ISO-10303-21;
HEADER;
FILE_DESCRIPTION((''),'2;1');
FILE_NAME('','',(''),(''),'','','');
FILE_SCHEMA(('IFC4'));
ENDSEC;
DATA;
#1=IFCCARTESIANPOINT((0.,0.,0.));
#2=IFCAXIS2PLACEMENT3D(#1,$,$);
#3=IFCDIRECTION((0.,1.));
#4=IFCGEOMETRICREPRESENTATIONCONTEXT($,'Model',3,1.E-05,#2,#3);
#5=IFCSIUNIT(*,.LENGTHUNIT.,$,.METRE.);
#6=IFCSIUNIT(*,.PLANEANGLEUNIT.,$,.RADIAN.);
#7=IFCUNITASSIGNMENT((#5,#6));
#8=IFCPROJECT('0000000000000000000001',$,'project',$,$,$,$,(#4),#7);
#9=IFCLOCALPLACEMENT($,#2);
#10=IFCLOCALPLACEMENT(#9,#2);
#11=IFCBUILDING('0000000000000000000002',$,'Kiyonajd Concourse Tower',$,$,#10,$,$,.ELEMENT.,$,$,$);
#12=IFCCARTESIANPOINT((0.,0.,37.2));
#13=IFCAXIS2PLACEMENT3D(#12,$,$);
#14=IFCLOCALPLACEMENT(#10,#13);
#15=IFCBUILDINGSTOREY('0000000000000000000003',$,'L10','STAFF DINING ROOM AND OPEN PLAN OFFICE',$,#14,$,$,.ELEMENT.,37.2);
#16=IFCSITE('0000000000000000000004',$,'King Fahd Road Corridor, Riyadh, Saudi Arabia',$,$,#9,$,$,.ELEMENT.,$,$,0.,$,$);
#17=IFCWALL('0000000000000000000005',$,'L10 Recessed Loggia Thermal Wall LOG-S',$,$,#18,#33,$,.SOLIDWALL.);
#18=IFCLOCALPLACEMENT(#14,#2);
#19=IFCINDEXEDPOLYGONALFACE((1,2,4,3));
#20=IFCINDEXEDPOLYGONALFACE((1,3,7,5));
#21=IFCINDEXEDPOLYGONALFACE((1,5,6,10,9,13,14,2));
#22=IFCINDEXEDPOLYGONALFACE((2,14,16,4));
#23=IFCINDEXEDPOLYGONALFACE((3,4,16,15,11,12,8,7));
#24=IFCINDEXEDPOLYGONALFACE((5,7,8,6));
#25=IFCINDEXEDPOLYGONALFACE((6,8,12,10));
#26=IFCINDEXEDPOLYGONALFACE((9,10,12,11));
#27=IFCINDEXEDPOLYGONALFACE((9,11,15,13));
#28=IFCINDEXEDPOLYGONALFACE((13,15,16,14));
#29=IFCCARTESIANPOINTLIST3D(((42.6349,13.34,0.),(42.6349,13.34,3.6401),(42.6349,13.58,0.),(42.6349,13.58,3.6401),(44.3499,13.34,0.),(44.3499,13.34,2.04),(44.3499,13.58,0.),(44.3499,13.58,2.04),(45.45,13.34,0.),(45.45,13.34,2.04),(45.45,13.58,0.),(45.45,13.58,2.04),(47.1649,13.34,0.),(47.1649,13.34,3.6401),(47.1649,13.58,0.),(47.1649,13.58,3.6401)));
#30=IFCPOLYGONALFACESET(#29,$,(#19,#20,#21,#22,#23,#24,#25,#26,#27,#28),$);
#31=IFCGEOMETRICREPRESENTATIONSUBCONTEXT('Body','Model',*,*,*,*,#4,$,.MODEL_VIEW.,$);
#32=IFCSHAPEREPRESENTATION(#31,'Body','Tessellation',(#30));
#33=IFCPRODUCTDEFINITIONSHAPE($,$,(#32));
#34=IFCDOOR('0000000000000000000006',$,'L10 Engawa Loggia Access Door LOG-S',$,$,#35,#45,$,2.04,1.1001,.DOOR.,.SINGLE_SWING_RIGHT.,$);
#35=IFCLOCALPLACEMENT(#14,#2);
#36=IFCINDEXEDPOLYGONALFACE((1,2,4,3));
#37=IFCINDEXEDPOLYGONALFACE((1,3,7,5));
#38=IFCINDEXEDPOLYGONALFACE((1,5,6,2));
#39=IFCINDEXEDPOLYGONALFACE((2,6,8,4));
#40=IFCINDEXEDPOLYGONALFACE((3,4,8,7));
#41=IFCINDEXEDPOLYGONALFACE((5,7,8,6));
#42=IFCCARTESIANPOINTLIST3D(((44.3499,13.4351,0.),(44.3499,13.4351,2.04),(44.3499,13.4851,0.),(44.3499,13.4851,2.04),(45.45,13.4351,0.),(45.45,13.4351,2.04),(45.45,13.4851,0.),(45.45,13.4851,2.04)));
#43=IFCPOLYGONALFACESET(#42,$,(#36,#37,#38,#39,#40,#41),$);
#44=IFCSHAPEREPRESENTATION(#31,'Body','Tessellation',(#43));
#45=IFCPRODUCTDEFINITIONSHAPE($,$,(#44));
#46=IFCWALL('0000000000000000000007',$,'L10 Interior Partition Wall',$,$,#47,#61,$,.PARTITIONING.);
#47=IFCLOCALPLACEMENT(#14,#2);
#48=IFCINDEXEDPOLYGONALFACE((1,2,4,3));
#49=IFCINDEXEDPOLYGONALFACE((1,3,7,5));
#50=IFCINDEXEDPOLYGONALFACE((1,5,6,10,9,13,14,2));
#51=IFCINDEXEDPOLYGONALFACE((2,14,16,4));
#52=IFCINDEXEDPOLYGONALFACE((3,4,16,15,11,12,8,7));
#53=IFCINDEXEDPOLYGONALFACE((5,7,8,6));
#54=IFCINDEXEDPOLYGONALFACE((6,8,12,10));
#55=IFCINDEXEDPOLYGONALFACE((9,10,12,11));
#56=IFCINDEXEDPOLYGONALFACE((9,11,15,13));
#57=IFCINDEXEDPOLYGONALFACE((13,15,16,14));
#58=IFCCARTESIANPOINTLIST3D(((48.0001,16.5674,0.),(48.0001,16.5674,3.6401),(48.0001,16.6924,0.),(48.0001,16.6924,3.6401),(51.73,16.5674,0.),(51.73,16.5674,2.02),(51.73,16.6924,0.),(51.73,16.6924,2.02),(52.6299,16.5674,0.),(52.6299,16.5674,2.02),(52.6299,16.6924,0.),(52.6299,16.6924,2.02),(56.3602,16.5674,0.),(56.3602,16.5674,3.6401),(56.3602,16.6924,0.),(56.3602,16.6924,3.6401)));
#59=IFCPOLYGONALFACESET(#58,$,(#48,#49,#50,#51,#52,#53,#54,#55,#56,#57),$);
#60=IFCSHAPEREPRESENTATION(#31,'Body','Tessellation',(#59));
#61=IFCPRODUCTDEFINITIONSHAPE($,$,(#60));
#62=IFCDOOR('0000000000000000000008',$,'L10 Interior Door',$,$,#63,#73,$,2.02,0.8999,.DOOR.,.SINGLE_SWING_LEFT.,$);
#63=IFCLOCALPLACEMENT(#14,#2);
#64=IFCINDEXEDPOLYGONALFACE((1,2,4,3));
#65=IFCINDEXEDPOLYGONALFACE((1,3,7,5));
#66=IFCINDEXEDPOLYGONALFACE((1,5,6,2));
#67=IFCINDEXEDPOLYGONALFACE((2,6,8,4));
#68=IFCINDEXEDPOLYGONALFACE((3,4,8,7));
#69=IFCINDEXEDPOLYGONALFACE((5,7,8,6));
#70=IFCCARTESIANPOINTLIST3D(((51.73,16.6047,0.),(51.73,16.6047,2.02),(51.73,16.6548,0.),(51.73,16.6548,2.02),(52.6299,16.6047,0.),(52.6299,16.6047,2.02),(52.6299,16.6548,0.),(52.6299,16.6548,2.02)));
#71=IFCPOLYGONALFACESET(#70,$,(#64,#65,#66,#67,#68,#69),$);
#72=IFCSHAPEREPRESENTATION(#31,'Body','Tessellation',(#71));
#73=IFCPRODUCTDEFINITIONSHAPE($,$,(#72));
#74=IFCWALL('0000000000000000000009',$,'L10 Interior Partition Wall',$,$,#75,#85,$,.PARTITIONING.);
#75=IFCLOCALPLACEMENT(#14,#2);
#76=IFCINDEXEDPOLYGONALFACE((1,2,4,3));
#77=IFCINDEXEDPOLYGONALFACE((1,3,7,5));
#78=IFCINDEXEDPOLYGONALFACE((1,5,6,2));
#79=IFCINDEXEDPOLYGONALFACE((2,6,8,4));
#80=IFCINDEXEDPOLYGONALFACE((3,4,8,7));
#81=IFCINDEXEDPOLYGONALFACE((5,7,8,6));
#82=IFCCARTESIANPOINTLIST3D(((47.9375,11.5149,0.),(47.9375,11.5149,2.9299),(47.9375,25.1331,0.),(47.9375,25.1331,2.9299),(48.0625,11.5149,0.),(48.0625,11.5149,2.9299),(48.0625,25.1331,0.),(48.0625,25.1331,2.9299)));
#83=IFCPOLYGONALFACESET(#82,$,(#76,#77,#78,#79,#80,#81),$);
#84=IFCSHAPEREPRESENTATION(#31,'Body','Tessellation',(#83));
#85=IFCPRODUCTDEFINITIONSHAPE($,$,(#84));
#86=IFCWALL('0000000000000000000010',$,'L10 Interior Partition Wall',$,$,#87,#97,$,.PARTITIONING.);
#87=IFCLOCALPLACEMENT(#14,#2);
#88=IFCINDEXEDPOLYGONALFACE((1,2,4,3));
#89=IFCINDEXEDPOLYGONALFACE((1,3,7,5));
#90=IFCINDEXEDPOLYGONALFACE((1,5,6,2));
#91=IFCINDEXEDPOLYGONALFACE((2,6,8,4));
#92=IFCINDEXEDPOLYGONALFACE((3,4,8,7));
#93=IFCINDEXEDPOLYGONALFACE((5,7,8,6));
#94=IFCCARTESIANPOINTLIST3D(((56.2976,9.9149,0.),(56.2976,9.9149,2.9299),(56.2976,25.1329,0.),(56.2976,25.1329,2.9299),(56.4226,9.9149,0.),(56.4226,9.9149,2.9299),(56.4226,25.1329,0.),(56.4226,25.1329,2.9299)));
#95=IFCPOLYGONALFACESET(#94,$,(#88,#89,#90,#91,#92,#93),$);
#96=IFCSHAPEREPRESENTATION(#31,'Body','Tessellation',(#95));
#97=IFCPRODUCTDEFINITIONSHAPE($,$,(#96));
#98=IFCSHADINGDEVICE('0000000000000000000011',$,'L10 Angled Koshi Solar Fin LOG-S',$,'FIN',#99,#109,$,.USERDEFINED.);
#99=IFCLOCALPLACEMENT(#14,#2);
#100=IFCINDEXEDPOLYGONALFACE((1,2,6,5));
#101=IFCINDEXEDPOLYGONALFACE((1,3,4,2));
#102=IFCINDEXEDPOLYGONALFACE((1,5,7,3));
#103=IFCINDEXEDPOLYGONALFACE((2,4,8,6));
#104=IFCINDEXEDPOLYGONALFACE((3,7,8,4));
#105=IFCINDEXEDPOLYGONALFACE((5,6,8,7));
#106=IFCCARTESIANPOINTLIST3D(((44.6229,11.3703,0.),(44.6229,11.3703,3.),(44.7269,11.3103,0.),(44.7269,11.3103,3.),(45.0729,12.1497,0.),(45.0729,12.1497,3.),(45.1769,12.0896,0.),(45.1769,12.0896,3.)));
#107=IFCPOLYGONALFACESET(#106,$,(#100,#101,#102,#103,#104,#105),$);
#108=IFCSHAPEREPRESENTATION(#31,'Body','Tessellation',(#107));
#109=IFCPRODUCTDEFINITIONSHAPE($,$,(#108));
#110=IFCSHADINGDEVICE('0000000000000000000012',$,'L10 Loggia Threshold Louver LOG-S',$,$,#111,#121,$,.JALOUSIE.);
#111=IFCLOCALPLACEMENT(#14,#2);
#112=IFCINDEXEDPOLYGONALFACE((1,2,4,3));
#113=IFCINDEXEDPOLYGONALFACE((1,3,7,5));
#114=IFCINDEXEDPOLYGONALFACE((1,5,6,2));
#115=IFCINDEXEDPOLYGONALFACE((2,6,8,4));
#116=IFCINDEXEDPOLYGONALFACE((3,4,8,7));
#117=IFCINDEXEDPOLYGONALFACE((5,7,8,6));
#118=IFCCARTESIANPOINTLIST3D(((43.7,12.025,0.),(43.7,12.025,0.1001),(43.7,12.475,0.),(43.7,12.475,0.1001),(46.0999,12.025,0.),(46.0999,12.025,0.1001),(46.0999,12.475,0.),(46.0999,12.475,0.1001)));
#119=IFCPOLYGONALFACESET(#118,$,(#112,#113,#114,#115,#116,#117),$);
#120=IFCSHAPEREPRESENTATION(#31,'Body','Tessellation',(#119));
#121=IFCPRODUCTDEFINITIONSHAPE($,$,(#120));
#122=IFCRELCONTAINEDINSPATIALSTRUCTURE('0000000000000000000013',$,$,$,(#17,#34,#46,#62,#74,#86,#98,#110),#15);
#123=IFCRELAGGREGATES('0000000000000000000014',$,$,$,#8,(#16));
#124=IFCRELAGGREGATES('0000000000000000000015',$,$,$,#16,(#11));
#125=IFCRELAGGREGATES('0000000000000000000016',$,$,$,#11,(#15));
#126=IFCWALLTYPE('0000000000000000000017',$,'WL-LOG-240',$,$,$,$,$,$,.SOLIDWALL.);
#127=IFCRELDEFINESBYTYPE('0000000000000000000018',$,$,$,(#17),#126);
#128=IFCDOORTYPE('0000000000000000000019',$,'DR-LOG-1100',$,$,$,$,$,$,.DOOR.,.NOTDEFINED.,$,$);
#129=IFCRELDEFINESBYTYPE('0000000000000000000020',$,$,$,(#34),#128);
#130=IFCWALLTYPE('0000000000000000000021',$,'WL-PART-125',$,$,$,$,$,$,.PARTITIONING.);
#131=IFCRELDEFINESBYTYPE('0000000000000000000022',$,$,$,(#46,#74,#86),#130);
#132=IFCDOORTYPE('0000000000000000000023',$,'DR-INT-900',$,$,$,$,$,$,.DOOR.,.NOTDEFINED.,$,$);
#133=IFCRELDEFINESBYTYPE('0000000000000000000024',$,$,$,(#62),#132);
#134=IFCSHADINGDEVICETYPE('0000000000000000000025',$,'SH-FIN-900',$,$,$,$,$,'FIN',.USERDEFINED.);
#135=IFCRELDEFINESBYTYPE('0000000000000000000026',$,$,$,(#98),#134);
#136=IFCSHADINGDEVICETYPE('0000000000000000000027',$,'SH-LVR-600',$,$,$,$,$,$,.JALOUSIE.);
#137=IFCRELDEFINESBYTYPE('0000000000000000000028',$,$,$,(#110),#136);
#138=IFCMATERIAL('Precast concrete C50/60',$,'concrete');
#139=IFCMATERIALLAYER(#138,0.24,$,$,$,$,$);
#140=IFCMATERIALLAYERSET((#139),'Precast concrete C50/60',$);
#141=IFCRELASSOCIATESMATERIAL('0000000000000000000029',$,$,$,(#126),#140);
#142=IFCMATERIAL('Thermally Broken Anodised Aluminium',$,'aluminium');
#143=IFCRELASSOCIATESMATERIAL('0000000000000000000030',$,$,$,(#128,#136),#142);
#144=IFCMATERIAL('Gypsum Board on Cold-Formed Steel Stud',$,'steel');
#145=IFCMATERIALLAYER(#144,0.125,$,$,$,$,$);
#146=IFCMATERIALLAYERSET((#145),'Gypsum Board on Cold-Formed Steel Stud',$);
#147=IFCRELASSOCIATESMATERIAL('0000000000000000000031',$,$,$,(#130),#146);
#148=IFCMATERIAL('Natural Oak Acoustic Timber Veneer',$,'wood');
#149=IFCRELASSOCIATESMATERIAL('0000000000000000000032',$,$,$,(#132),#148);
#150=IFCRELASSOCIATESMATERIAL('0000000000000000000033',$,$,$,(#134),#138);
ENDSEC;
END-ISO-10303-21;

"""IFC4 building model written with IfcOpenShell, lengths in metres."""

from ifc_helpers import new_model, si_unit, direction, frame, frame_2d, origin, origin_2d, place, context, subcontext, project, spatial, rectangle, extrude, material, layer, layer_set, type_object, element, fill, save


model = new_model("IFC4")

# Units and contexts
model_context = context("Model", 3, precision=1e-05, world=origin(), true_north=direction((0.0, 1.0)))
body_context = subcontext(model_context, "Body", "Model", "MODEL_VIEW")
ifc_project = project(units=[si_unit("LENGTHUNIT", "METRE"), si_unit("PLANEANGLEUNIT", "RADIAN")], contexts=[model_context])

# Site, building, storey
site_placement = place(None, origin())
site = spatial("IfcSite", under=ifc_project, at=site_placement, Name="King Fahd Road Corridor, Riyadh, Saudi Arabia", CompositionType="ELEMENT", RefElevation=0.0)
building_placement = place(site_placement, origin())
building = spatial("IfcBuilding", under=site, at=building_placement, Name="Kiyonajd Concourse Tower", CompositionType="ELEMENT")
storey_placement = place(building_placement, frame((0.0, 0.0, 37.2)))
storey = spatial("IfcBuildingStorey", under=building, at=storey_placement, Name="L10", Description="STAFF DINING ROOM AND OPEN PLAN OFFICE", CompositionType="ELEMENT", Elevation=37.2)

# Shared definitions
ifc_material_1 = material(Name="Precast concrete C50/60", Category="concrete")

# Shared definitions
ifc_material_2 = material(Name="Thermally Broken Anodised Aluminium", Category="aluminium")

# Walls, openings, doors
ifc_layer_1 = layer(ifc_material_1, 0.24)
ifc_layer_set_1 = layer_set([ifc_layer_1], Name="Precast concrete C50/60")
wall_type_1 = type_object("IfcWallType", Name="WL-LOG-240", PredefinedType="SOLIDWALL", material=ifc_layer_set_1)
wall_1_placement = place(storey_placement, frame((47.165, 13.46, 0.0), z_axis=(0.0, 0.0, 1.0), x_axis=(-1.0, 0.0, 0.0)))
wall_1 = element("IfcWall", 1, at=wall_1_placement, inside=storey, type_object=wall_type_1, Name="L10 Recessed Loggia Thermal Wall LOG-S", PredefinedType="SOLIDWALL", context=body_context, shape_type="SweptSolid", body=[
    extrude(rectangle(XDim=4.53, YDim=0.24, at=frame_2d((2.2651, 0.0))), origin(), (0.0, 0.0, 1.0), 3.6401),
])
opening_1_placement = place(wall_1_placement, frame((1.7151, 0.0, 0.0)))
opening_1 = element("IfcOpeningElement", 2, at=opening_1_placement, cuts=wall_1, PredefinedType="OPENING", context=body_context, shape_type="SweptSolid", body=[
    extrude(rectangle(XDim=1.1001, YDim=2.04, at=frame_2d((0.55, 1.02))), frame((0.0, 0.1299, 0.0), z_axis=(0.0, -1.0, 0.0), x_axis=(1.0, 0.0, 0.0)), (0.0, 0.0, 1.0), 0.26),
])
door_type_1 = type_object("IfcDoorType", Name="DR-LOG-1100", OperationType="NOTDEFINED", PredefinedType="DOOR", material=ifc_material_2)
door_1_placement = place(opening_1_placement, origin())
door_1 = element("IfcDoor", 3, at=door_1_placement, inside=storey, type_object=door_type_1, Name="L10 Engawa Loggia Access Door LOG-S", OperationType="SINGLE_SWING_RIGHT", OverallHeight=2.04, OverallWidth=1.1001, PredefinedType="DOOR", context=body_context, shape_type="SweptSolid", body=[
    extrude(rectangle(XDim=1.1001, YDim=2.04, at=frame_2d((0.55, 1.02))), frame((0.0, 0.0249, 0.0), z_axis=(0.0, -1.0, 0.0), x_axis=(1.0, 0.0, 0.0)), (0.0, 0.0, 1.0), 0.05),
])
fill(opening_1, door_1)
ifc_material_3 = material(Name="Gypsum Board on Cold-Formed Steel Stud", Category="steel")
ifc_layer_2 = layer(ifc_material_3, 0.125)
ifc_layer_set_2 = layer_set([ifc_layer_2], Name="Gypsum Board on Cold-Formed Steel Stud")
wall_type_2 = type_object("IfcWallType", Name="WL-PART-125", PredefinedType="PARTITIONING", material=ifc_layer_set_2)
wall_2_placement = place(storey_placement, frame((48.0, 16.6299, 0.0), z_axis=(0.0, 0.0, 1.0), x_axis=(1.0, 0.0, 0.0)))
wall_2 = element("IfcWall", 4, at=wall_2_placement, inside=storey, type_object=wall_type_2, Name="L10 Interior Partition Wall", PredefinedType="PARTITIONING", context=body_context, shape_type="SweptSolid", body=[
    extrude(rectangle(XDim=8.3601, YDim=0.125, at=frame_2d((4.1802, 0.0))), origin(), (0.0, 0.0, 1.0), 3.6401),
])
opening_2_placement = place(wall_2_placement, frame((3.73, 0.0, 0.0)))
opening_2 = element("IfcOpeningElement", 5, at=opening_2_placement, cuts=wall_2, PredefinedType="OPENING", context=body_context, shape_type="SweptSolid", body=[
    extrude(rectangle(XDim=0.8999, YDim=2.02, at=frame_2d((0.45, 1.01))), frame((0.0, 0.0725, 0.0), z_axis=(0.0, -1.0, 0.0), x_axis=(1.0, 0.0, 0.0)), (0.0, 0.0, 1.0), 0.145),
])
ifc_material_4 = material(Name="Natural Oak Acoustic Timber Veneer", Category="wood")
door_type_2 = type_object("IfcDoorType", Name="DR-INT-900", OperationType="NOTDEFINED", PredefinedType="DOOR", material=ifc_material_4)
door_2_placement = place(opening_2_placement, origin())
door_2 = element("IfcDoor", 6, at=door_2_placement, inside=storey, type_object=door_type_2, Name="L10 Interior Door", OperationType="SINGLE_SWING_LEFT", OverallHeight=2.02, OverallWidth=0.8999, PredefinedType="DOOR", context=body_context, shape_type="SweptSolid", body=[
    extrude(rectangle(XDim=0.8999, YDim=2.02, at=frame_2d((0.45, 1.01))), frame((0.0, 0.0249, 0.0), z_axis=(0.0, -1.0, 0.0), x_axis=(1.0, 0.0, 0.0)), (0.0, 0.0, 1.0), 0.05),
])
fill(opening_2, door_2)

# Walls
wall_3_placement = place(storey_placement, frame((48.0, 11.5149, 0.0), z_axis=(0.0, 0.0, 1.0), x_axis=(0.0, 1.0, 0.0)))
element("IfcWall", 7, at=wall_3_placement, inside=storey, type_object=wall_type_2, Name="L10 Interior Partition Wall", PredefinedType="PARTITIONING", context=body_context, shape_type="SweptSolid", body=[
    extrude(rectangle(XDim=13.6182, YDim=0.125, at=frame_2d((6.8091, 0.0))), origin(), (0.0, 0.0, 1.0), 2.9299),
])
wall_4_placement = place(storey_placement, frame((56.3601, 9.915, 0.0), z_axis=(0.0, 0.0, 1.0), x_axis=(0.0, 1.0, 0.0)))
element("IfcWall", 8, at=wall_4_placement, inside=storey, type_object=wall_type_2, Name="L10 Interior Partition Wall", PredefinedType="PARTITIONING", context=body_context, shape_type="SweptSolid", body=[
    extrude(rectangle(XDim=15.218, YDim=0.125, at=frame_2d((7.6089, 0.0))), origin(), (0.0, 0.0, 1.0), 2.9299),
])

# Shading devices
shading_device_type_1 = type_object("IfcShadingDeviceType", Name="SH-FIN-900", ElementType="FIN", PredefinedType="USERDEFINED", material=ifc_material_1)
shading_device_1_placement = place(storey_placement, frame((44.8999, 11.73, 0.0), z_axis=(0.0, 0.0, 1.0), x_axis=(0.5, 0.866025, 0.0)))
element("IfcShadingDevice", 9, at=shading_device_1_placement, inside=storey, type_object=shading_device_type_1, Name="L10 Angled Koshi Solar Fin LOG-S", ObjectType="FIN", PredefinedType="USERDEFINED", context=body_context, shape_type="SweptSolid", body=[
    extrude(rectangle(XDim=0.8999, YDim=0.1201, at=origin_2d()), origin(), (0.0, 0.0, 1.0), 3.0),
])
shading_device_type_2 = type_object("IfcShadingDeviceType", Name="SH-LVR-600", PredefinedType="JALOUSIE", material=ifc_material_2)
shading_device_2_placement = place(storey_placement, frame((44.8999, 12.25, 0.0), z_axis=(0.0, 0.0, 1.0), x_axis=(1.0, 0.0, 0.0)))
element("IfcShadingDevice", 10, at=shading_device_2_placement, inside=storey, type_object=shading_device_type_2, Name="L10 Loggia Threshold Louver LOG-S", PredefinedType="JALOUSIE", context=body_context, shape_type="SweptSolid", body=[
    extrude(rectangle(XDim=2.3999, YDim=0.45, at=origin_2d()), origin(), (0.0, 0.0, 1.0), 0.1001),
])

save(model, "model.ifc")
